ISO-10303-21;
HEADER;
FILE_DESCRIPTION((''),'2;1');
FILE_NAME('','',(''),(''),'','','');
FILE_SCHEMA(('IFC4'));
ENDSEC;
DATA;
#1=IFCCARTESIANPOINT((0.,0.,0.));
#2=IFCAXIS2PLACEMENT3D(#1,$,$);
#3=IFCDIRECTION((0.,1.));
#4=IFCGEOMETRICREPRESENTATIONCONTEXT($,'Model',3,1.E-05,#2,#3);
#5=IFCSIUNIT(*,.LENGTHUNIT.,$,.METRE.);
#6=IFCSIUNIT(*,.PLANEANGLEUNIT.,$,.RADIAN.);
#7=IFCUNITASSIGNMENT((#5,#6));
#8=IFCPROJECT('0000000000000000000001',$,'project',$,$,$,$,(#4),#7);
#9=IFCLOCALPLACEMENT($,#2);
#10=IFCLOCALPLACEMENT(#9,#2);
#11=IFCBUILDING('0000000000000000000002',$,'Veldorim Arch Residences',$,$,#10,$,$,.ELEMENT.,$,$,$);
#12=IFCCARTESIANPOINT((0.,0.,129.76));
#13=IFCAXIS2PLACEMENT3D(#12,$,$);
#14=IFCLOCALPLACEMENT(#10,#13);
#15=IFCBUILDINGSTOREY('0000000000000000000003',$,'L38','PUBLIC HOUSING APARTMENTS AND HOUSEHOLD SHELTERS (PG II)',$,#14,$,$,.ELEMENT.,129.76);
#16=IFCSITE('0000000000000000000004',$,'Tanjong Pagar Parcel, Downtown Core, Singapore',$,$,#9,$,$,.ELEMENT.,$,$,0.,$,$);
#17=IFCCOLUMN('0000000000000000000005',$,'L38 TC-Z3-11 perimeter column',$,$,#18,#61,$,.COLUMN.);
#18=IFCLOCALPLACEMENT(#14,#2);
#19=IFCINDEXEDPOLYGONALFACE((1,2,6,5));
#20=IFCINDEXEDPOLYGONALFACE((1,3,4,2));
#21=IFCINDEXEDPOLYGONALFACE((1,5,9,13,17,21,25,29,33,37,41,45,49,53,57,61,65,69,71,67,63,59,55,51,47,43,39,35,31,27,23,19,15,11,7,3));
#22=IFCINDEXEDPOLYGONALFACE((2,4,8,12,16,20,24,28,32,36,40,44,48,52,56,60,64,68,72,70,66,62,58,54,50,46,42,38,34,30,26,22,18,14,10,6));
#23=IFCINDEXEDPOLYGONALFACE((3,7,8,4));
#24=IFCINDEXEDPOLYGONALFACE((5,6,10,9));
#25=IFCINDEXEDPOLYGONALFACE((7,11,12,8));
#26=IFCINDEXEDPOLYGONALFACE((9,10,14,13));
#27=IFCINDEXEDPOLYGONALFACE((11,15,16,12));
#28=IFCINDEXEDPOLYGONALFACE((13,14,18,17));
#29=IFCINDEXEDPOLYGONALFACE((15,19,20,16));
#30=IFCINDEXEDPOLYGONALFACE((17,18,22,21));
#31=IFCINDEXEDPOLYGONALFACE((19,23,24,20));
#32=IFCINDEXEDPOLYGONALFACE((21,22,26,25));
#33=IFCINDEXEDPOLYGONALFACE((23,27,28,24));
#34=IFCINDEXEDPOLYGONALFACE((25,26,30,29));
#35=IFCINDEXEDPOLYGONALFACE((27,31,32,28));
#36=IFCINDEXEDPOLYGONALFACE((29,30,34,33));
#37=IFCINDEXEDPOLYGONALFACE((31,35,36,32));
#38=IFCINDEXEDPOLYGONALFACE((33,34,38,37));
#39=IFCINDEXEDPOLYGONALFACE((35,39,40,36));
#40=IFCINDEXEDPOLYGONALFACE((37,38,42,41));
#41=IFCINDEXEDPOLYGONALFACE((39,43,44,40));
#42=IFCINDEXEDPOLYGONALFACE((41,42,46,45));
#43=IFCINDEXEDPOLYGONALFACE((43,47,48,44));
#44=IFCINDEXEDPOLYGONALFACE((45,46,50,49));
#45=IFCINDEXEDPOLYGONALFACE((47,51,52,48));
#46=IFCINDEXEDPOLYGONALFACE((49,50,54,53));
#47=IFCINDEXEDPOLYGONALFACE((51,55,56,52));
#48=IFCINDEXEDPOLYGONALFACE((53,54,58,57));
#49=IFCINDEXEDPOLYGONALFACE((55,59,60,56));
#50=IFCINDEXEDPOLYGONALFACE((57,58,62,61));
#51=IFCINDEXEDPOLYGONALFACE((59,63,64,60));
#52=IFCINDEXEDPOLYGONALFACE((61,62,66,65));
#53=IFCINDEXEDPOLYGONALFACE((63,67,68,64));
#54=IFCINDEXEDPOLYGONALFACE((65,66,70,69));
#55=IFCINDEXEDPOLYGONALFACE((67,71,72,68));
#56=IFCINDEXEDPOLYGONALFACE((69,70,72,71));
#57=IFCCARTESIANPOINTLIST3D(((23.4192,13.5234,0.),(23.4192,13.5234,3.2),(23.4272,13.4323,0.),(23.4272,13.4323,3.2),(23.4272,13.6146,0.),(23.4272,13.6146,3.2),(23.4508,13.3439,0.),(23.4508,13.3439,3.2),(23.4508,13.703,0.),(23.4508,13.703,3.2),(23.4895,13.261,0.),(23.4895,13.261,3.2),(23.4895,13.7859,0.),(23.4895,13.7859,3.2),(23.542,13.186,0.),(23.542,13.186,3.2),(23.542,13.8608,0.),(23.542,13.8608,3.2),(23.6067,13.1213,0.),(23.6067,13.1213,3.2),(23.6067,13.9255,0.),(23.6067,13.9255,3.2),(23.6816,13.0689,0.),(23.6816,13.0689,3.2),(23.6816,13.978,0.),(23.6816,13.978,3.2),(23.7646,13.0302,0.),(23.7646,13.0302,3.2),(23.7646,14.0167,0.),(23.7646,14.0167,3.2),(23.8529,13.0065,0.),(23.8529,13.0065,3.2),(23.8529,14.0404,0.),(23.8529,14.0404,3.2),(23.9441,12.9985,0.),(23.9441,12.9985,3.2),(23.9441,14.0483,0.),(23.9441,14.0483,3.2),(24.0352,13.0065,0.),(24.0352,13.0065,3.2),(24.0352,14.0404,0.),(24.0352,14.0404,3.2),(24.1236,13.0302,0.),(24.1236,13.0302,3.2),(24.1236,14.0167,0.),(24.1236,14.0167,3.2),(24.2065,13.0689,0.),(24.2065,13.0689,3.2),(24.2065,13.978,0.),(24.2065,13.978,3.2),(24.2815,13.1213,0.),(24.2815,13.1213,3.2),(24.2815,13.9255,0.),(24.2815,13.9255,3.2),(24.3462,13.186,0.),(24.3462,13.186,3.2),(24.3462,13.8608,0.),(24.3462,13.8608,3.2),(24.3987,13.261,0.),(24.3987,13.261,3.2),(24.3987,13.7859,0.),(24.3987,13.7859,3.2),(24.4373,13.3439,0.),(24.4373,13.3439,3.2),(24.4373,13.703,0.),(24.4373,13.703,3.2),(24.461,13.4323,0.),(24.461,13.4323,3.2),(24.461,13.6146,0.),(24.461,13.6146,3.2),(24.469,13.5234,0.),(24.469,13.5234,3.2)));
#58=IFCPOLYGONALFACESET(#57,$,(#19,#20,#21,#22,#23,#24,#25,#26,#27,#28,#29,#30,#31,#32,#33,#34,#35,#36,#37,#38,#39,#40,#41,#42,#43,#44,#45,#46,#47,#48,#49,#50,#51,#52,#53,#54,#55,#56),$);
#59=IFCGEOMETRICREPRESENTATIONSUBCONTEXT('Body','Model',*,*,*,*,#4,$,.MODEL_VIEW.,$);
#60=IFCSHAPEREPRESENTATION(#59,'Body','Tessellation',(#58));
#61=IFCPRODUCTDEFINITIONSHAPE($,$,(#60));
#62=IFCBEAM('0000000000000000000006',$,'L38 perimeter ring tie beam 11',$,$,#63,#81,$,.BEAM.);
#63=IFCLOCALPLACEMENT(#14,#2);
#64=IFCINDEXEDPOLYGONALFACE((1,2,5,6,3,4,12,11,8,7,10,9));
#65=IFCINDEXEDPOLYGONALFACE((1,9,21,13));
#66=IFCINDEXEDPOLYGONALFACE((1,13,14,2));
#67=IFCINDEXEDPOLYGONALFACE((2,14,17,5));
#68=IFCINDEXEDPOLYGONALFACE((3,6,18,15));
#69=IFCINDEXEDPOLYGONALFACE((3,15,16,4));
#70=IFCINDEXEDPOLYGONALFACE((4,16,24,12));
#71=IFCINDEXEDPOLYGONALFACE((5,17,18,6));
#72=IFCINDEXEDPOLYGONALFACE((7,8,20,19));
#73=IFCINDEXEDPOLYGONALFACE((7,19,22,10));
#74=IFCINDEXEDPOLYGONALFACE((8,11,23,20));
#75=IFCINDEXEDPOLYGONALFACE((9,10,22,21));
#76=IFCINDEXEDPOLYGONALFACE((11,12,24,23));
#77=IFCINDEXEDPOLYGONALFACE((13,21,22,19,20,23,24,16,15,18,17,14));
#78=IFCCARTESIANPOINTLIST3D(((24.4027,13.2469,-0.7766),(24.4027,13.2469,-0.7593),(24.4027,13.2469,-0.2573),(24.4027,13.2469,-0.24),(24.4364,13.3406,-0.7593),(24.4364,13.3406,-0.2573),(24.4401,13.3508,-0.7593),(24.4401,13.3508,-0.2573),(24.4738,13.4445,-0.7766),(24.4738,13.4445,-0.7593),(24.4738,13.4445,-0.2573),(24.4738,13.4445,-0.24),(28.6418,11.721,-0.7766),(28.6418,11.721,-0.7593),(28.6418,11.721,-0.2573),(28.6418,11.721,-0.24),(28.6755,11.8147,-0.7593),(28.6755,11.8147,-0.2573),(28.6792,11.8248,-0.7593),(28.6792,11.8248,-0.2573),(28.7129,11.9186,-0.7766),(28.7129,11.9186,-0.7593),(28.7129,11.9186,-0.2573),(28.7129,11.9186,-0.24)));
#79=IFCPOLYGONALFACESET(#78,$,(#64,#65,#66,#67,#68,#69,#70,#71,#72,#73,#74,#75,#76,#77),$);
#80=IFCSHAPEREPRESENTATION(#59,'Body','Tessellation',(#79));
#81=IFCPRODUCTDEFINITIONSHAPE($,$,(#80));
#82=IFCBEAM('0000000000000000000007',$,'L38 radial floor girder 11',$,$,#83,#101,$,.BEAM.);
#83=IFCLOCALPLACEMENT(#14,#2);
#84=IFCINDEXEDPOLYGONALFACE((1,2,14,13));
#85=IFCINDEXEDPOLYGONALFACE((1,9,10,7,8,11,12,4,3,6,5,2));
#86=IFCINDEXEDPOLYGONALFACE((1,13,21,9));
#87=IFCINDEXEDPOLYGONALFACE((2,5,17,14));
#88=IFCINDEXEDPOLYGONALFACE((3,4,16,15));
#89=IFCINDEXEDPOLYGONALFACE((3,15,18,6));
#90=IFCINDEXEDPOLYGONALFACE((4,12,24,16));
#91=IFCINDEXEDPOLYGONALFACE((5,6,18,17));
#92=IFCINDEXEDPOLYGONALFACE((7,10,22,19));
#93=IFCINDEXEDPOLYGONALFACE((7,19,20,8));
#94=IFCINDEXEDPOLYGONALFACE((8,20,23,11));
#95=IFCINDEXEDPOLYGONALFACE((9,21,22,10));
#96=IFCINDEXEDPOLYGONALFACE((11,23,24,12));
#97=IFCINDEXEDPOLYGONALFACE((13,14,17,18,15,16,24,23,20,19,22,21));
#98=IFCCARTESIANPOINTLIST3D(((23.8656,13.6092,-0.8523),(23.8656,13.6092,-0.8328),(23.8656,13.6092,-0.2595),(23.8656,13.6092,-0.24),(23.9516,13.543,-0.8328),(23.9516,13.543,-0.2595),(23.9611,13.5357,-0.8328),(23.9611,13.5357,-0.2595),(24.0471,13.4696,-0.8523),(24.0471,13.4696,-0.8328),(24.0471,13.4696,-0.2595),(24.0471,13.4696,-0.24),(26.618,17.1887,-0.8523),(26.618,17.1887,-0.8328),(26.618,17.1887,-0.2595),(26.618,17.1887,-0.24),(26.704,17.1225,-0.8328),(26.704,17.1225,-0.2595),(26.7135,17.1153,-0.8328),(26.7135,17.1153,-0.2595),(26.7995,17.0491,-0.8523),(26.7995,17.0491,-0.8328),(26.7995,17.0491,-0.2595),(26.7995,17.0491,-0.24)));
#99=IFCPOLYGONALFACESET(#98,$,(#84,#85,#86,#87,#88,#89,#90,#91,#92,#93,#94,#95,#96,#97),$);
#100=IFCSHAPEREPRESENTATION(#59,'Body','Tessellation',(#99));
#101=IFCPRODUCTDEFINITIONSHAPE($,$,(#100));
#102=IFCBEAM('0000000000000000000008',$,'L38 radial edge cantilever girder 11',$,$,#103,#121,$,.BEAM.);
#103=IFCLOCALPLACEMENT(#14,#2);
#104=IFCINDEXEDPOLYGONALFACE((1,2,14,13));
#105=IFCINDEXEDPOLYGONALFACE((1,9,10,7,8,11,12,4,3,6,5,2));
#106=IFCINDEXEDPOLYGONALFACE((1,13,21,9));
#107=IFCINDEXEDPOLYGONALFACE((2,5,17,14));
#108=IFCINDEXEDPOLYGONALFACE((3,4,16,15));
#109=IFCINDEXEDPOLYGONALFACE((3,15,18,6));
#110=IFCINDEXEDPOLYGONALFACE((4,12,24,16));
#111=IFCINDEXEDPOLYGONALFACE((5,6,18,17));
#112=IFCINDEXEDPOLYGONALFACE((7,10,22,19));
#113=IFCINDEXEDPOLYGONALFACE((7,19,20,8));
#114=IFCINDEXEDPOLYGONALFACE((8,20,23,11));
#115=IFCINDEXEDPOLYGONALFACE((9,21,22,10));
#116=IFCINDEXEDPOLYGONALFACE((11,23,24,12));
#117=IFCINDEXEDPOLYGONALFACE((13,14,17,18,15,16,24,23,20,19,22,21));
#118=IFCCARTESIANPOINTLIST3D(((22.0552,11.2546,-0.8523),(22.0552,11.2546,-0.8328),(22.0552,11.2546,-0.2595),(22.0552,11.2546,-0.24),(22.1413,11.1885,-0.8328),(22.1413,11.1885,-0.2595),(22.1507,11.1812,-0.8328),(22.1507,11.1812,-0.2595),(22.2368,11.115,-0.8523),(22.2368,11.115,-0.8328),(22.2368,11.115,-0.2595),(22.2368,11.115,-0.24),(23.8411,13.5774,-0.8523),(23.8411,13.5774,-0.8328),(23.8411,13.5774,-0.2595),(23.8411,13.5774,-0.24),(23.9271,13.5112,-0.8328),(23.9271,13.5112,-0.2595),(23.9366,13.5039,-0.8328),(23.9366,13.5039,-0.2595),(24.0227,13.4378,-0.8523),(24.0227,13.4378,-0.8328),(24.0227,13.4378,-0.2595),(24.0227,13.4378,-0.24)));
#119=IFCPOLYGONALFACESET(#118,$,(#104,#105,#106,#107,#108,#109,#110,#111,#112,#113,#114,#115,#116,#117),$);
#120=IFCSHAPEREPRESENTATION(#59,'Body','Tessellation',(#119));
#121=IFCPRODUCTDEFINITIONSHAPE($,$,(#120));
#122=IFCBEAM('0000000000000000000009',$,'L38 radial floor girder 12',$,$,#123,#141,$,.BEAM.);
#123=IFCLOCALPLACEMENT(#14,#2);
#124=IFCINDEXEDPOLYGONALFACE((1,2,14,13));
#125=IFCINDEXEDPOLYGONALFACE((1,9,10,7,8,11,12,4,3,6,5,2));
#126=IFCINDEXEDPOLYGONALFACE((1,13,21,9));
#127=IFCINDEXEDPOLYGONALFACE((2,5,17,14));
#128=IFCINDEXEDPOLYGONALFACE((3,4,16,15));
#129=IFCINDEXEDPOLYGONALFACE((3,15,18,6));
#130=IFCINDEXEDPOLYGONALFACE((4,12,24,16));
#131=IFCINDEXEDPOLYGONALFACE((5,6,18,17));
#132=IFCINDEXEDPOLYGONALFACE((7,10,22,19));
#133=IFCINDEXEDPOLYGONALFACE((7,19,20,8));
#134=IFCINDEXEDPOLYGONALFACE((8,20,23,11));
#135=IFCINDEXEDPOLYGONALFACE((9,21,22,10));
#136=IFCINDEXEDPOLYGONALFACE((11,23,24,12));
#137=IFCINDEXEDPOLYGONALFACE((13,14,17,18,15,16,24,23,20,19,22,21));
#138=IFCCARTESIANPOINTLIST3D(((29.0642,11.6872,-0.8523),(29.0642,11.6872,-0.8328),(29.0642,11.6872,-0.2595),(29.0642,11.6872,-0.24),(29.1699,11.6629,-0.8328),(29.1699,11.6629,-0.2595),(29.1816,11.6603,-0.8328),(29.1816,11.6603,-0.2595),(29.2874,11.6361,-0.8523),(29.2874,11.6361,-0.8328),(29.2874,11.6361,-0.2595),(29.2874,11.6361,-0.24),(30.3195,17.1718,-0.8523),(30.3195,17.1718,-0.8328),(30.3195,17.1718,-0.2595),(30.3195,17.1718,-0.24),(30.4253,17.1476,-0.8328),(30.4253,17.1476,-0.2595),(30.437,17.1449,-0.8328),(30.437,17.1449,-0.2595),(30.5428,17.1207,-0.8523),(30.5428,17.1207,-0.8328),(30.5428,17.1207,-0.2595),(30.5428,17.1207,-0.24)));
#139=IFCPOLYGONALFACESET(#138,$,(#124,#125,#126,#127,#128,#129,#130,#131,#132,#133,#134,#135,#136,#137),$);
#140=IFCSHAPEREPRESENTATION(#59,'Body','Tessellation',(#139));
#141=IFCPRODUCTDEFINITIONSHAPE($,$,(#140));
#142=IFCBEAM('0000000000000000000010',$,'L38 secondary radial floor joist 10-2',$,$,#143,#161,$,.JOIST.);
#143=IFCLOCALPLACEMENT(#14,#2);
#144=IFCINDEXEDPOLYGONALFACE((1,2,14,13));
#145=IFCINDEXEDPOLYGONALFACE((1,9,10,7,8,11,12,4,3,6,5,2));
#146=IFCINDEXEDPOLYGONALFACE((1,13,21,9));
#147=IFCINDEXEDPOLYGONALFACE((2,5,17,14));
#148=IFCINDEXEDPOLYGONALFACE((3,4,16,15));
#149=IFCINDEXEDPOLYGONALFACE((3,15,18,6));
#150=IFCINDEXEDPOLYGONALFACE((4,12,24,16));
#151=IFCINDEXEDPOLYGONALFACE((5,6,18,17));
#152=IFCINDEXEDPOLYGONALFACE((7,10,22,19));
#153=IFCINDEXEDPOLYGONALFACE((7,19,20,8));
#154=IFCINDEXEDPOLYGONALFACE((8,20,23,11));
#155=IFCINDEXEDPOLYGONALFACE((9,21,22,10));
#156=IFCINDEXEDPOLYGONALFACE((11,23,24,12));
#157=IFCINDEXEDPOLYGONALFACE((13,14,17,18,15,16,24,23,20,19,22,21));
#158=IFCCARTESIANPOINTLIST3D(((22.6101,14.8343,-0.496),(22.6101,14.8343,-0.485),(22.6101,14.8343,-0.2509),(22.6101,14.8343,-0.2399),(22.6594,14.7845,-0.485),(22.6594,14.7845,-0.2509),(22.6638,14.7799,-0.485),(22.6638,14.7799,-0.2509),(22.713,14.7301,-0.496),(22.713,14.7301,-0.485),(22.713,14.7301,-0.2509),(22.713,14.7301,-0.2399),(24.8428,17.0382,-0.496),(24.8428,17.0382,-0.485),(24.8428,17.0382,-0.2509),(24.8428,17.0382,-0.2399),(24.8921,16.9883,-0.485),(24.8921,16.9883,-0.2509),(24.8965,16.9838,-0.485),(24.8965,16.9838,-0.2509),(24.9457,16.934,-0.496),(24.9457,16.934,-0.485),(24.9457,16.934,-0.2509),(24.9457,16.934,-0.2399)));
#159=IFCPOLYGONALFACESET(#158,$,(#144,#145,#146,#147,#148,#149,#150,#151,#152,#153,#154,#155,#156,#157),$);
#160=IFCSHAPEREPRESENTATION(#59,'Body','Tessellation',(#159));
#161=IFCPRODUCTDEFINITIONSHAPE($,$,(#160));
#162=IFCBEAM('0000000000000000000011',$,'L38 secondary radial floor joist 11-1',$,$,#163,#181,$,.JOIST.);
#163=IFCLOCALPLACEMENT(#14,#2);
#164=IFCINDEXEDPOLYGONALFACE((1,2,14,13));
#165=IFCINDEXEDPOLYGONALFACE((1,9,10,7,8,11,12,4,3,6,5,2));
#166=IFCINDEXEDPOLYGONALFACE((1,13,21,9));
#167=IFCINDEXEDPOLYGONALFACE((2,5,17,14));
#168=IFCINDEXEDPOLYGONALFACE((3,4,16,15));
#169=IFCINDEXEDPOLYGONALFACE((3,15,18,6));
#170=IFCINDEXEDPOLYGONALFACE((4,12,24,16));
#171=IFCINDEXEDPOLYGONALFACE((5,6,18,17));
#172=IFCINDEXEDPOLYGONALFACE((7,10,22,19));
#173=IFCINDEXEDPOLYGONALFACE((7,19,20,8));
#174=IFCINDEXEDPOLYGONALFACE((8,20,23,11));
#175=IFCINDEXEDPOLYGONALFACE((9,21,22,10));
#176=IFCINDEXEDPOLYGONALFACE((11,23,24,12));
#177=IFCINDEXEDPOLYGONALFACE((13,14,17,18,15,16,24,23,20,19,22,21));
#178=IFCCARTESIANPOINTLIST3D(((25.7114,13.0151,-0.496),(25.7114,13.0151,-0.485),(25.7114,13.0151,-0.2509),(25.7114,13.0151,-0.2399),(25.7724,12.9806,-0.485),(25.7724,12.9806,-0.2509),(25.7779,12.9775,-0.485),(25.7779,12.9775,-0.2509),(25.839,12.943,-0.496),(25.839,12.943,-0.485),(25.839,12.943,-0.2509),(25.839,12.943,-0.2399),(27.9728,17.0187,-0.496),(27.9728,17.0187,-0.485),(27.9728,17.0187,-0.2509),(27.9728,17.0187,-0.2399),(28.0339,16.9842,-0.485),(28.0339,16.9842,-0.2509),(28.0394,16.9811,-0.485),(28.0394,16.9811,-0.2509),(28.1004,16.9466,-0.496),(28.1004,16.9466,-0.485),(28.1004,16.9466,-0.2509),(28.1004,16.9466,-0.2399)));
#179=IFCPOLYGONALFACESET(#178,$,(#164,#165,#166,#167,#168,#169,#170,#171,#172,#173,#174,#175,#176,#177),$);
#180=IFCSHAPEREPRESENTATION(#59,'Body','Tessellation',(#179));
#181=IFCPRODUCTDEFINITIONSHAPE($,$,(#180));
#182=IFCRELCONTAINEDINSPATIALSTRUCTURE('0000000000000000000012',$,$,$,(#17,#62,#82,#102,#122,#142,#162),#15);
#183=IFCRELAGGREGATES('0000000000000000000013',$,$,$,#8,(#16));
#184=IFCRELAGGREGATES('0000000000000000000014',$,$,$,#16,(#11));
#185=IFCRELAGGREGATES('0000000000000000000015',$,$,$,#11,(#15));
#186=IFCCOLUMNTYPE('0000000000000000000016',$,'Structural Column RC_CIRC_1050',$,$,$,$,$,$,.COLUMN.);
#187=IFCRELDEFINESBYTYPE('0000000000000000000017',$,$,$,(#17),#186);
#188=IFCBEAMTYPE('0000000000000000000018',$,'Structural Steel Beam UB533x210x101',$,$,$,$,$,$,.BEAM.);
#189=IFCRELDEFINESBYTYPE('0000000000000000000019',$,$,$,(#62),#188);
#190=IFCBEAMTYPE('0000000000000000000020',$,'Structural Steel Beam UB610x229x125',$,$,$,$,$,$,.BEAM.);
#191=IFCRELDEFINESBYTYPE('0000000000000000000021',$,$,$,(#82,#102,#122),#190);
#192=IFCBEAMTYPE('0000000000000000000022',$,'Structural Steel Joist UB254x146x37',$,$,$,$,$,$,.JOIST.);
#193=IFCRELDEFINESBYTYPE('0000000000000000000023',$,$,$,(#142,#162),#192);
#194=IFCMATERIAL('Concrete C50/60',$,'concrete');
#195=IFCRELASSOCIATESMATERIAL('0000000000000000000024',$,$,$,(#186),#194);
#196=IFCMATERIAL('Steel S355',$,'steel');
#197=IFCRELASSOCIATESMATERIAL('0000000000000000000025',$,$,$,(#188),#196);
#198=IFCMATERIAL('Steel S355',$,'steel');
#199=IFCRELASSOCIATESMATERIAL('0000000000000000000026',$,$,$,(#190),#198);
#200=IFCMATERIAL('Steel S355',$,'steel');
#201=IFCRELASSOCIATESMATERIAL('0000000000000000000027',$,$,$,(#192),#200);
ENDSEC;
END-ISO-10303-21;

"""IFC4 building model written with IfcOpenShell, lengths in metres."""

from ifc_helpers import new_model, si_unit, direction, frame, origin, origin_2d, place, context, subcontext, project, spatial, circle, i_section, extrude, material, material_profile, profile_set, type_object, element, save


model = new_model("IFC4")

# Units and contexts
model_context = context("Model", 3, precision=1e-05, world=origin(), true_north=direction((0.0, 1.0)))
body_context = subcontext(model_context, "Body", "Model", "MODEL_VIEW")
ifc_project = project(units=[si_unit("LENGTHUNIT", "METRE"), si_unit("PLANEANGLEUNIT", "RADIAN")], contexts=[model_context])

# Site, building, storey
site_placement = place(None, origin())
site = spatial("IfcSite", under=ifc_project, at=site_placement, Name="Tanjong Pagar Parcel, Downtown Core, Singapore", CompositionType="ELEMENT", RefElevation=0.0)
building_placement = place(site_placement, origin())
building = spatial("IfcBuilding", under=site, at=building_placement, Name="Veldorim Arch Residences", CompositionType="ELEMENT")
storey_placement = place(building_placement, frame((0.0, 0.0, 129.76)))
storey = spatial("IfcBuildingStorey", under=building, at=storey_placement, Name="L38", Description="PUBLIC HOUSING APARTMENTS AND HOUSEHOLD SHELTERS (PG II)", CompositionType="ELEMENT", Elevation=129.76)

# Column
ifc_material_1 = material(Name="Concrete C50/60", Category="concrete")
ifc_material_profile_1 = material_profile(ifc_material_1, circle(Radius=0.5249, at=origin_2d()), Name="RC_CIRC_1050")
ifc_profile_set_1 = profile_set([ifc_material_profile_1], Name="Concrete C50/60")
column_type = type_object("IfcColumnType", Name="Structural Column RC_CIRC_1050", PredefinedType="COLUMN", material=ifc_profile_set_1)
column_placement = place(storey_placement, frame((23.9441, 13.5234, 0.0), z_axis=(0.0, 0.0, 1.0), x_axis=(1.0, 0.0, 0.0)))
element("IfcColumn", 1, at=column_placement, inside=storey, type_object=column_type, Name="L38 TC-Z3-11 perimeter column", PredefinedType="COLUMN", context=body_context, shape_type="SweptSolid", body=[
    extrude(circle(Radius=0.5249, at=origin_2d()), origin(), (0.0, 0.0, 1.0), 3.2),
])

# Beams
ifc_material_2 = material(Name="Steel S355", Category="steel")
ifc_material_profile_2 = material_profile(ifc_material_2, i_section(OverallWidth=0.21, OverallDepth=0.5366, WebThickness=0.0107, FlangeThickness=0.0173, at=origin_2d()), Name="UB533x210x101")
ifc_profile_set_2 = profile_set([ifc_material_profile_2], Name="Steel S355")
beam_type_1 = type_object("IfcBeamType", Name="Structural Steel Beam UB533x210x101", PredefinedType="BEAM", material=ifc_profile_set_2)
beam_1_placement = place(storey_placement, frame((24.4382, 13.3457, -0.5083), z_axis=(0.940899, -0.338687, 0.0), x_axis=(0.338687, 0.940899, 0.0)))
element("IfcBeam", 2, at=beam_1_placement, inside=storey, type_object=beam_type_1, Name="L38 perimeter ring tie beam 11", PredefinedType="BEAM", context=body_context, shape_type="SweptSolid", body=[
    extrude(i_section(OverallWidth=0.21, OverallDepth=0.5366, WebThickness=0.0107, FlangeThickness=0.0173, at=origin_2d()), origin(), (0.0, 0.0, 1.0), 4.5054),
])
ifc_material_3 = material(Name="Steel S355", Category="steel")
ifc_material_profile_3 = material_profile(ifc_material_3, i_section(OverallWidth=0.229, OverallDepth=0.6123, WebThickness=0.012, FlangeThickness=0.0195, at=origin_2d()), Name="UB610x229x125")
ifc_profile_set_3 = profile_set([ifc_material_profile_3], Name="Steel S355")
beam_type_2 = type_object("IfcBeamType", Name="Structural Steel Beam UB610x229x125", PredefinedType="BEAM", material=ifc_profile_set_3)
beam_2_placement = place(storey_placement, frame((26.7087, 17.1189, -0.5461), z_axis=(-0.609559, -0.792741, 0.0), x_axis=(0.792741, -0.609559, 0.0)))
element("IfcBeam", 3, at=beam_2_placement, inside=storey, type_object=beam_type_2, Name="L38 radial floor girder 11", PredefinedType="BEAM", context=body_context, shape_type="SweptSolid", body=[
    extrude(i_section(OverallWidth=0.229, OverallDepth=0.6123, WebThickness=0.012, FlangeThickness=0.0195, at=origin_2d()), origin(), (0.0, 0.0, 1.0), 4.5154),
])
beam_3_placement = place(storey_placement, frame((23.9319, 13.5076, -0.5461), z_axis=(-0.60953, -0.792763, 0.0), x_axis=(0.792763, -0.60953, 0.0)))
element("IfcBeam", 4, at=beam_3_placement, inside=storey, type_object=beam_type_2, Name="L38 radial edge cantilever girder 11", PredefinedType="BEAM", context=body_context, shape_type="SweptSolid", body=[
    extrude(i_section(OverallWidth=0.229, OverallDepth=0.6123, WebThickness=0.012, FlangeThickness=0.0195, at=origin_2d()), origin(), (0.0, 0.0, 1.0), 2.9299),
])
beam_4_placement = place(storey_placement, frame((30.4312, 17.1462, -0.5461), z_axis=(-0.223119, -0.974791, 0.0), x_axis=(0.974791, -0.223119, 0.0)))
element("IfcBeam", 5, at=beam_4_placement, inside=storey, type_object=beam_type_2, Name="L38 radial floor girder 12", PredefinedType="BEAM", context=body_context, shape_type="SweptSolid", body=[
    extrude(i_section(OverallWidth=0.229, OverallDepth=0.6123, WebThickness=0.012, FlangeThickness=0.0195, at=origin_2d()), origin(), (0.0, 0.0, 1.0), 5.6265),
])
ifc_material_4 = material(Name="Steel S355", Category="steel")
ifc_material_profile_4 = material_profile(ifc_material_4, i_section(OverallWidth=0.1465, OverallDepth=0.2561, WebThickness=0.0063, FlangeThickness=0.011, at=origin_2d()), Name="UB254x146x37")
ifc_profile_set_4 = profile_set([ifc_material_profile_4], Name="Steel S355")
beam_type_3 = type_object("IfcBeamType", Name="Structural Steel Joist UB254x146x37", PredefinedType="JOIST", material=ifc_profile_set_4)
beam_5_placement = place(storey_placement, frame((24.8943, 16.9861, -0.3679), z_axis=(-0.711683, -0.7025, 0.0), x_axis=(0.7025, -0.711683, 0.0)))
element("IfcBeam", 6, at=beam_5_placement, inside=storey, type_object=beam_type_3, Name="L38 secondary radial floor joist 10-2", PredefinedType="JOIST", context=body_context, shape_type="SweptSolid", body=[
    extrude(i_section(OverallWidth=0.1465, OverallDepth=0.2561, WebThickness=0.0063, FlangeThickness=0.011, at=origin_2d()), origin(), (0.0, 0.0, 1.0), 3.1372),
])
beam_6_placement = place(storey_placement, frame((28.0366, 16.9827, -0.3679), z_axis=(-0.491816, -0.870699, 0.0), x_axis=(0.870699, -0.491816, 0.0)))
element("IfcBeam", 7, at=beam_6_placement, inside=storey, type_object=beam_type_3, Name="L38 secondary radial floor joist 11-1", PredefinedType="JOIST", context=body_context, shape_type="SweptSolid", body=[
    extrude(i_section(OverallWidth=0.1465, OverallDepth=0.2561, WebThickness=0.0063, FlangeThickness=0.011, at=origin_2d()), origin(), (0.0, 0.0, 1.0), 4.5981),
])

save(model, "model.ifc")
